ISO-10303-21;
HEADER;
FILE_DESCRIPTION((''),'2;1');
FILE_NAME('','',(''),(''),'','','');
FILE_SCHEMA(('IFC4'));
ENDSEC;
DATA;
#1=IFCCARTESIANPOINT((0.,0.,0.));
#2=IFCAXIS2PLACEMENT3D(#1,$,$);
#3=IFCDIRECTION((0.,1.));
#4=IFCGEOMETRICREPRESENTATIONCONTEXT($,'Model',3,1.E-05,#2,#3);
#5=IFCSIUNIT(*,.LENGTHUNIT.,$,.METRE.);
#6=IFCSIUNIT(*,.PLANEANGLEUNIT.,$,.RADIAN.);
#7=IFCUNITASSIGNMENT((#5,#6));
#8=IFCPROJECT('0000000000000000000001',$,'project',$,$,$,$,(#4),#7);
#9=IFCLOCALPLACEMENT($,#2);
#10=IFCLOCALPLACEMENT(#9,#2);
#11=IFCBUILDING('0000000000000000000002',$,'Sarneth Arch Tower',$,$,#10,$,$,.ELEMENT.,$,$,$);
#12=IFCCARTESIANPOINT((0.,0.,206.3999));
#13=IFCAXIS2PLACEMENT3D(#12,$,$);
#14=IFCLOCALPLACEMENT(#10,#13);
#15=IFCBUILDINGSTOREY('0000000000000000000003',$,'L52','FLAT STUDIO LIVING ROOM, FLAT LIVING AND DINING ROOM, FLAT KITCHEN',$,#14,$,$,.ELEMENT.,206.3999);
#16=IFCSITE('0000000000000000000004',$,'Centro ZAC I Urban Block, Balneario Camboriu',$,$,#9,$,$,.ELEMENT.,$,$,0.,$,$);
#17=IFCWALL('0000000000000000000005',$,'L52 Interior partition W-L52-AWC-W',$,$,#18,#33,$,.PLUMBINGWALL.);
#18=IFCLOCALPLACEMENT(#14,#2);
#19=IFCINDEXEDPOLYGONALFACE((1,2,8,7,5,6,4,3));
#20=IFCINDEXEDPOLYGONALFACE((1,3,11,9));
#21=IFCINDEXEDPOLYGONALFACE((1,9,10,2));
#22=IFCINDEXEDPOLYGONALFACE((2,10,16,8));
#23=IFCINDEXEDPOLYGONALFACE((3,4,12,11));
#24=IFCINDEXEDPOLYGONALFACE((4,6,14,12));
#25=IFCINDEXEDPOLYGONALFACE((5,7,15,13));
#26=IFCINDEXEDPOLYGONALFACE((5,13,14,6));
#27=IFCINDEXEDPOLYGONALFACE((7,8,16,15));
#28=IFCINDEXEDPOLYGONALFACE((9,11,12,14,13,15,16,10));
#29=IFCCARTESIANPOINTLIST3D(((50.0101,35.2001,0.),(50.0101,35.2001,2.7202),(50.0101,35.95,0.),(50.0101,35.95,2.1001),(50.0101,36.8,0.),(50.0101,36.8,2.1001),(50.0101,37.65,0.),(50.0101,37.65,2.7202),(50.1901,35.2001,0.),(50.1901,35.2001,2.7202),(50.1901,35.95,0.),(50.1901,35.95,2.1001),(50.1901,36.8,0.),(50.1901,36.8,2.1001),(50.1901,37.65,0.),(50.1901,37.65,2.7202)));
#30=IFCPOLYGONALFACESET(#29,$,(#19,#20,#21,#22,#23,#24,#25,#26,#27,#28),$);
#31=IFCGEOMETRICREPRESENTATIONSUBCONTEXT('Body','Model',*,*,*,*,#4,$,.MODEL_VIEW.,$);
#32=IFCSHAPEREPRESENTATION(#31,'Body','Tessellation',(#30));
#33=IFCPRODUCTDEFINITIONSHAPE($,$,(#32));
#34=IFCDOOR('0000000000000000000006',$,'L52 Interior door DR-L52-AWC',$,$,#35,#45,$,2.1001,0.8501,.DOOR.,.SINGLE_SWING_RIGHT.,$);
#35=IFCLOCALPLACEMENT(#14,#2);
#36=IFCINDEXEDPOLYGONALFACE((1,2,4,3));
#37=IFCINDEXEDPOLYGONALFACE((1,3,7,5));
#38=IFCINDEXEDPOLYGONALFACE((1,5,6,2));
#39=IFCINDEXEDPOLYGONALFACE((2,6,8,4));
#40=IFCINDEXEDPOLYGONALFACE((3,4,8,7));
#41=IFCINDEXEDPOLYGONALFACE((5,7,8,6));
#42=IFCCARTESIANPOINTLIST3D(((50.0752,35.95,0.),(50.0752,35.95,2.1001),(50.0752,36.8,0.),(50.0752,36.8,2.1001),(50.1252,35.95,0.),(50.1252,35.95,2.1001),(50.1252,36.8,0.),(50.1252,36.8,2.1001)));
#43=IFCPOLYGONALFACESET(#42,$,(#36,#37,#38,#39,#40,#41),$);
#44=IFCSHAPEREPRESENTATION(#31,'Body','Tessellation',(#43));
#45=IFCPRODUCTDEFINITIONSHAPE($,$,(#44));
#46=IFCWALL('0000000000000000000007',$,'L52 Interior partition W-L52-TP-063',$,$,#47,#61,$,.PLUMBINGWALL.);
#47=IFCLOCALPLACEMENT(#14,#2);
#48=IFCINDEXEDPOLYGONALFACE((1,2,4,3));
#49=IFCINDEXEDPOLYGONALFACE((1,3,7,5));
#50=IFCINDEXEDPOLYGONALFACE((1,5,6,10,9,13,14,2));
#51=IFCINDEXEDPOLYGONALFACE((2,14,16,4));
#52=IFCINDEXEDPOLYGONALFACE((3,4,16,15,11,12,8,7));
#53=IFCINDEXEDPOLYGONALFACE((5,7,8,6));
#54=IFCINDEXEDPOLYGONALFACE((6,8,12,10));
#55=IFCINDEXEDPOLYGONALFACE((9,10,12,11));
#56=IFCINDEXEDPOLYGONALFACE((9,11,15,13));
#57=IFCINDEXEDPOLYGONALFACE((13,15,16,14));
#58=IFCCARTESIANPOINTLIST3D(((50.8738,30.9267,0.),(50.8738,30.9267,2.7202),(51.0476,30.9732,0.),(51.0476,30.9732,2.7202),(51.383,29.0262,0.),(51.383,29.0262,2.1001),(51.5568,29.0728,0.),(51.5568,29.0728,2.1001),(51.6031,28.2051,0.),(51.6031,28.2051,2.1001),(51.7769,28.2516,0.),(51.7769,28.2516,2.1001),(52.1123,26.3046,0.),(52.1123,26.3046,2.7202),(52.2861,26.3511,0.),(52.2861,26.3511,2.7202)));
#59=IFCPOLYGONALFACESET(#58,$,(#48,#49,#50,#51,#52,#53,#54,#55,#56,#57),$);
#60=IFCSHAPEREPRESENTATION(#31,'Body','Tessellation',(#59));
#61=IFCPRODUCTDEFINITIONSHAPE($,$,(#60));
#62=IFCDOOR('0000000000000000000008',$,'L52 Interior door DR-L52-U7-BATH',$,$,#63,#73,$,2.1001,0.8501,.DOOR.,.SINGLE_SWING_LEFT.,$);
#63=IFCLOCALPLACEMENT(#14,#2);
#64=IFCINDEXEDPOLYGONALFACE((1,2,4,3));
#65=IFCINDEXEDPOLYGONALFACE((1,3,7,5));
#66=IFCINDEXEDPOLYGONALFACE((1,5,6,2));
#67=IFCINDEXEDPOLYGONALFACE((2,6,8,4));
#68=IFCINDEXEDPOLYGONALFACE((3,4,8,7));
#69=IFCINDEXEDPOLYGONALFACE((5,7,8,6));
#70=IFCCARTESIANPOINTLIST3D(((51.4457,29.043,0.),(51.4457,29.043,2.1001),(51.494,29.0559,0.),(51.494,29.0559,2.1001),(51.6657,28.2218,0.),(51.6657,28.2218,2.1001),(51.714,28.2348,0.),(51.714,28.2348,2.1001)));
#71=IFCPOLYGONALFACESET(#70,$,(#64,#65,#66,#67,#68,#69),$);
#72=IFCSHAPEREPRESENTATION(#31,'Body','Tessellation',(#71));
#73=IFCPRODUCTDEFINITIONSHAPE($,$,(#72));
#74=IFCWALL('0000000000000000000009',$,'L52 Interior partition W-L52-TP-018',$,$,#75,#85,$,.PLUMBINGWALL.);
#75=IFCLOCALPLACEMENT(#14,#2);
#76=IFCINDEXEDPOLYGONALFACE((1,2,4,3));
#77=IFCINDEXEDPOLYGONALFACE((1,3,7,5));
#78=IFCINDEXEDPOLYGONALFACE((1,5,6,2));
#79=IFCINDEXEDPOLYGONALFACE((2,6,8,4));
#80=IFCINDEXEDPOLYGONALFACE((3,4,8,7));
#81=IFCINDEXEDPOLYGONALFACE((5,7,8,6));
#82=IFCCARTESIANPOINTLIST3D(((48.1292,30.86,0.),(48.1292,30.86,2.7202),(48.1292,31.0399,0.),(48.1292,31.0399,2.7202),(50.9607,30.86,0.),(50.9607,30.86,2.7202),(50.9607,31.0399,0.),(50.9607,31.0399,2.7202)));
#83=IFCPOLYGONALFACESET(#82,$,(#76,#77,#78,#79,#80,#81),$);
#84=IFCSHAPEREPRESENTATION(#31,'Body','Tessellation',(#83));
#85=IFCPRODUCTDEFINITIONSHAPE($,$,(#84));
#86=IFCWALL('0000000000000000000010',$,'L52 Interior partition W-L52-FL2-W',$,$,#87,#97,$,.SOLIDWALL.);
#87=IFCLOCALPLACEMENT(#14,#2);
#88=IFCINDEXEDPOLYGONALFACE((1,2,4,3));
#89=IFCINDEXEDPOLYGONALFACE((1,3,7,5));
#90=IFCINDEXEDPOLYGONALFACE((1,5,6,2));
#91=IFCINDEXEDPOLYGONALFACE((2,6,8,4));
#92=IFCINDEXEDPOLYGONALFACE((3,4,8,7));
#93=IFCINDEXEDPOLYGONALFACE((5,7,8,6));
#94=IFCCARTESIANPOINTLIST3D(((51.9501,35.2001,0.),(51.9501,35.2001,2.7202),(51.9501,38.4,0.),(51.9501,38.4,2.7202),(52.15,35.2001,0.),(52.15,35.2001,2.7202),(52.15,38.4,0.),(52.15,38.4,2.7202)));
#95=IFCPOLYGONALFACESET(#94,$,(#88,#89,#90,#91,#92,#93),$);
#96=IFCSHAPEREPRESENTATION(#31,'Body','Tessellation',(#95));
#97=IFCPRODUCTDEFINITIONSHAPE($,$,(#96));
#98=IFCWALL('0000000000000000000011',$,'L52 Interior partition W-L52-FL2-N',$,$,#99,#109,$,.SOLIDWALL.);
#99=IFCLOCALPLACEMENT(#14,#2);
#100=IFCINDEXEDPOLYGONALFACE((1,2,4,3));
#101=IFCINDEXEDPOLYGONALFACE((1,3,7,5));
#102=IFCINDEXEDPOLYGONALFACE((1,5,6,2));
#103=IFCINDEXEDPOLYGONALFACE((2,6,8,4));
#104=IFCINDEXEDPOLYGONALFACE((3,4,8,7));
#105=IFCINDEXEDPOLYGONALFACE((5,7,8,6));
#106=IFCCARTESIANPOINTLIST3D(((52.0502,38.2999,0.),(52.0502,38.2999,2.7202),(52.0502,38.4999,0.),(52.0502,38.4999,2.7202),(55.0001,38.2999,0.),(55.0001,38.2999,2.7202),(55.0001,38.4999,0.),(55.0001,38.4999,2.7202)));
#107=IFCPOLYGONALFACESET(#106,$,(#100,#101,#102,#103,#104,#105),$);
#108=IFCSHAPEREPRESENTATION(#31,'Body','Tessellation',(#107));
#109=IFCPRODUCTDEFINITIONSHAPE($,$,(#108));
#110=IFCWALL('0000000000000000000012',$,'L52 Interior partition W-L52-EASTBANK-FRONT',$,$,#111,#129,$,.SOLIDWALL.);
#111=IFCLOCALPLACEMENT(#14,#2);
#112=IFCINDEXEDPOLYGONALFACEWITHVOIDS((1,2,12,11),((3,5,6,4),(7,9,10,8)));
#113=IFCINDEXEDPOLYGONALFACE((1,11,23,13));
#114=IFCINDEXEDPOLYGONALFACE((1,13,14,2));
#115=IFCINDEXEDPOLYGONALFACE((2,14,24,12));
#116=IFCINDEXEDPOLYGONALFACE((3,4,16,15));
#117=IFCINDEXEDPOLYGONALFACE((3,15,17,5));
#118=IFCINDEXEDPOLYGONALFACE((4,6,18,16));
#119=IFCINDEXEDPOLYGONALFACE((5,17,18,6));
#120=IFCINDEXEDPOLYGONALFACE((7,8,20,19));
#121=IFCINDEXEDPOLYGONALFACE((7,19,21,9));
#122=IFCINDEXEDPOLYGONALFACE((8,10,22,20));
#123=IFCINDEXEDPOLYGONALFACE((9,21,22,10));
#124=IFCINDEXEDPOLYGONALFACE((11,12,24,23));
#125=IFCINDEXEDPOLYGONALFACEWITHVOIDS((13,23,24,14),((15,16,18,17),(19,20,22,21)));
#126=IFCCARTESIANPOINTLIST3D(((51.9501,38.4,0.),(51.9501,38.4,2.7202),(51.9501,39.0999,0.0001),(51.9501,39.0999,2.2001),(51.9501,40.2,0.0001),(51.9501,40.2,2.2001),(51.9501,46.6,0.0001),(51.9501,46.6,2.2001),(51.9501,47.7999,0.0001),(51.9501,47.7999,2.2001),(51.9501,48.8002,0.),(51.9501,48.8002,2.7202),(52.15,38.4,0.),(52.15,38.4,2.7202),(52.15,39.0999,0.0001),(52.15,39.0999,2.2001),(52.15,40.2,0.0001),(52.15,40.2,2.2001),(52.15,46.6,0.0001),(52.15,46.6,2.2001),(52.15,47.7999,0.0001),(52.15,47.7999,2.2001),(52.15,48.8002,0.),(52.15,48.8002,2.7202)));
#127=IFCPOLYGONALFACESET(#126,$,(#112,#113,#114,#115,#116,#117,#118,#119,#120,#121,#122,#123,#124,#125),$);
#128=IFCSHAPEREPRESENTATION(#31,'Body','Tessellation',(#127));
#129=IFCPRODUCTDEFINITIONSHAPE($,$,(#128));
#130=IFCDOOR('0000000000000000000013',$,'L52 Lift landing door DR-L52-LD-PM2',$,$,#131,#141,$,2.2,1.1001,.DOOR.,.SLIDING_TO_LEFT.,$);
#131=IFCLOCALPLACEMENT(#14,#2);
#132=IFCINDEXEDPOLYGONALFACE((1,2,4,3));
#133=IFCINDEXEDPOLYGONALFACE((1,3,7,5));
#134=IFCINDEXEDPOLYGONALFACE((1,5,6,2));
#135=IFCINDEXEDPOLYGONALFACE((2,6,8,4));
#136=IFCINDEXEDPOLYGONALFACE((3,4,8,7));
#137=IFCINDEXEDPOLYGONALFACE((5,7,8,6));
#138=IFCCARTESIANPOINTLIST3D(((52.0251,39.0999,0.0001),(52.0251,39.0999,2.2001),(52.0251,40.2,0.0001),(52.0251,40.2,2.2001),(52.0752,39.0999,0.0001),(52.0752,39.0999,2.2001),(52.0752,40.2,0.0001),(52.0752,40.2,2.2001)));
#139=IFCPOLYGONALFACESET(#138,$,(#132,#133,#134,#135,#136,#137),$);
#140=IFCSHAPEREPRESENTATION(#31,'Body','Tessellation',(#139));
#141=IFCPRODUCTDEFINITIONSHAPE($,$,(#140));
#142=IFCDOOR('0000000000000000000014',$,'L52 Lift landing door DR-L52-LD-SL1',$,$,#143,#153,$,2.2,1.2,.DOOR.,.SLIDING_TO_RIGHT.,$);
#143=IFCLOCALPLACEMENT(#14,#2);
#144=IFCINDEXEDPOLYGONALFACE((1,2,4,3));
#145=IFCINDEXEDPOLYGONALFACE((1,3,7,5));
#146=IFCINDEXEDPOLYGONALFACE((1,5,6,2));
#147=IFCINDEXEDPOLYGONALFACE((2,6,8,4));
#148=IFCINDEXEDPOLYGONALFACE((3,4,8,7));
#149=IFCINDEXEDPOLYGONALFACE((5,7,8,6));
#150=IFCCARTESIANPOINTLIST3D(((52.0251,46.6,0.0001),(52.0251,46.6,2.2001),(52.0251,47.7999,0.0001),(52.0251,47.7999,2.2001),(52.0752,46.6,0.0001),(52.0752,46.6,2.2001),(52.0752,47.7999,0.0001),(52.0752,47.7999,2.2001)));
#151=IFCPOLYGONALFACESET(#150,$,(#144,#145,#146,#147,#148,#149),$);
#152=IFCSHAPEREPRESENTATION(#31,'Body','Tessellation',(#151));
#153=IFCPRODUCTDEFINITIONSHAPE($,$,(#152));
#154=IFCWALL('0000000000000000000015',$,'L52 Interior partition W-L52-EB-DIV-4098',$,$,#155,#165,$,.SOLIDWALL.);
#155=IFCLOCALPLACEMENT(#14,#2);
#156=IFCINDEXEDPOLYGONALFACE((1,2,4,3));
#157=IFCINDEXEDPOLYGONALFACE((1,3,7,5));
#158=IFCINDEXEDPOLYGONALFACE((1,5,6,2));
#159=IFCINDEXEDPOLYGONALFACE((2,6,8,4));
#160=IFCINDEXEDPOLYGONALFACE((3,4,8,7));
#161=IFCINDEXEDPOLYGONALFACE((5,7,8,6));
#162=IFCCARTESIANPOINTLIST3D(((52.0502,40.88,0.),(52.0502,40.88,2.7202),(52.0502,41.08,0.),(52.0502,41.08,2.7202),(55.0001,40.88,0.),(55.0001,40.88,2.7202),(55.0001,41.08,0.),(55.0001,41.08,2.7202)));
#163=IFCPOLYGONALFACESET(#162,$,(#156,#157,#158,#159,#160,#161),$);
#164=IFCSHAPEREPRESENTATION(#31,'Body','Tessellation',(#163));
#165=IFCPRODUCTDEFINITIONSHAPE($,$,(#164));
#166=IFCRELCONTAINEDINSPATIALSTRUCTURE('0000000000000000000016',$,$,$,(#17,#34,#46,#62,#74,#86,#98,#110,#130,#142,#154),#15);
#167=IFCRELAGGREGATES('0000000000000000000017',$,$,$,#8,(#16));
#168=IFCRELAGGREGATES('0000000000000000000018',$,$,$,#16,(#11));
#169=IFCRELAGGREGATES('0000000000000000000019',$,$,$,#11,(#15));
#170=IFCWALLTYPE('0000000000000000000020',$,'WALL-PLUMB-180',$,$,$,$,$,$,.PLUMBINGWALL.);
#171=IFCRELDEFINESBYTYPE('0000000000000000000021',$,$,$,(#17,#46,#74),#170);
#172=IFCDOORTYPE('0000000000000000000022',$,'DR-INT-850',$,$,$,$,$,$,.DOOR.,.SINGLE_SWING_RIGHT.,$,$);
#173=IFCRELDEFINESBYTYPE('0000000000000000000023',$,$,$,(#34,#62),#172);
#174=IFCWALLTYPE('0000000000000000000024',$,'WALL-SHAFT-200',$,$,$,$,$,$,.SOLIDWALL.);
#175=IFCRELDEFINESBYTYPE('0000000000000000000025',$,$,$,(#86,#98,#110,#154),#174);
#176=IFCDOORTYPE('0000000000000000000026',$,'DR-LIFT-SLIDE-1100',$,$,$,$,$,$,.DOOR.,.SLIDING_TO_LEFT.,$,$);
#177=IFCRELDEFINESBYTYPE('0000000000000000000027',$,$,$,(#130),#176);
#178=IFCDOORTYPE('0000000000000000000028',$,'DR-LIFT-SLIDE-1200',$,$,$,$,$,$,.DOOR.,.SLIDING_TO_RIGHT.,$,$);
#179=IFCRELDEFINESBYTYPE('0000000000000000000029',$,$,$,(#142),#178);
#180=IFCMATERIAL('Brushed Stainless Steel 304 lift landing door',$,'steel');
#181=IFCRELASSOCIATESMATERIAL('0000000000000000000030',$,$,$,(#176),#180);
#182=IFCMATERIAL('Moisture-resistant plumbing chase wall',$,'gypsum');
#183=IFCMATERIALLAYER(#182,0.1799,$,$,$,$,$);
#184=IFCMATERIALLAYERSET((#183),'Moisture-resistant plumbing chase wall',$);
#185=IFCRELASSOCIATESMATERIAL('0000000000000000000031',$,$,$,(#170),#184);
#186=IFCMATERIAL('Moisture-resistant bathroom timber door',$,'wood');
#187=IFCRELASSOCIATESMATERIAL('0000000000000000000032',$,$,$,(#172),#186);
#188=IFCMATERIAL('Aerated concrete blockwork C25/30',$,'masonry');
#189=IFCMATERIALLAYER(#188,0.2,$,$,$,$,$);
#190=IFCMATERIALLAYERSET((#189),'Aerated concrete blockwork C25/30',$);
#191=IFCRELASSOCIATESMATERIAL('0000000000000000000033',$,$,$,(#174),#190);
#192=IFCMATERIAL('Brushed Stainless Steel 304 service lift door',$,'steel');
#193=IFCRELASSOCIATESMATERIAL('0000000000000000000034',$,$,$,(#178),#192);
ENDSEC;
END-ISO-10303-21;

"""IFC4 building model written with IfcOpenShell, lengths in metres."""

from ifc_helpers import new_model, si_unit, direction, frame, frame_2d, origin, place, context, subcontext, project, spatial, rectangle, extrude, material, layer, layer_set, type_object, element, fill, save


model = new_model("IFC4")

# Units and contexts
model_context = context("Model", 3, precision=1e-05, world=origin(), true_north=direction((0.0, 1.0)))
body_context = subcontext(model_context, "Body", "Model", "MODEL_VIEW")
ifc_project = project(units=[si_unit("LENGTHUNIT", "METRE"), si_unit("PLANEANGLEUNIT", "RADIAN")], contexts=[model_context])

# Site, building, storey
site_placement = place(None, origin())
site = spatial("IfcSite", under=ifc_project, at=site_placement, Name="Centro ZAC I Urban Block, Balneario Camboriu", CompositionType="ELEMENT", RefElevation=0.0)
building_placement = place(site_placement, origin())
building = spatial("IfcBuilding", under=site, at=building_placement, Name="Sarneth Arch Tower", CompositionType="ELEMENT")
storey_placement = place(building_placement, frame((0.0, 0.0, 206.3999)))
storey = spatial("IfcBuildingStorey", under=building, at=storey_placement, Name="L52", Description="FLAT STUDIO LIVING ROOM, FLAT LIVING AND DINING ROOM, FLAT KITCHEN", CompositionType="ELEMENT", Elevation=206.3999)

# Shared definitions
ifc_material_1 = material(Name="Brushed Stainless Steel 304 lift landing door", Category="steel")
door_type_1 = type_object("IfcDoorType", Name="DR-LIFT-SLIDE-1100", OperationType="SLIDING_TO_LEFT", PredefinedType="DOOR", material=ifc_material_1)

# Shared definitions
ifc_material_2 = material(Name="Moisture-resistant plumbing chase wall", Category="gypsum")
ifc_layer_1 = layer(ifc_material_2, 0.1799)
ifc_layer_set_1 = layer_set([ifc_layer_1], Name="Moisture-resistant plumbing chase wall")
wall_type_1 = type_object("IfcWallType", Name="WALL-PLUMB-180", PredefinedType="PLUMBINGWALL", material=ifc_layer_set_1)

# Walls, openings, doors
wall_1_placement = place(storey_placement, frame((50.1001, 35.2, 0.0), z_axis=(0.0, 0.0, 1.0), x_axis=(0.0, 1.0, 0.0)))
wall_1 = element("IfcWall", 1, at=wall_1_placement, inside=storey, type_object=wall_type_1, Name="L52 Interior partition W-L52-AWC-W", PredefinedType="PLUMBINGWALL", context=body_context, shape_type="SweptSolid", body=[
    extrude(rectangle(XDim=2.45, YDim=0.1799, at=frame_2d((1.2251, 0.0))), origin(), (0.0, 0.0, 1.0), 2.7202),
])
opening_1_placement = place(wall_1_placement, frame((0.75, 0.0, 0.0)))
opening_1 = element("IfcOpeningElement", 2, at=opening_1_placement, cuts=wall_1, PredefinedType="OPENING", context=body_context, shape_type="SweptSolid", body=[
    extrude(rectangle(XDim=0.8501, YDim=2.1001, at=frame_2d((0.425, 1.05))), frame((0.0, 0.0999, 0.0), z_axis=(0.0, -1.0, 0.0), x_axis=(1.0, 0.0, 0.0)), (0.0, 0.0, 1.0), 0.2),
])
ifc_material_3 = material(Name="Moisture-resistant bathroom timber door", Category="wood")
door_type_2 = type_object("IfcDoorType", Name="DR-INT-850", OperationType="SINGLE_SWING_RIGHT", PredefinedType="DOOR", material=ifc_material_3)
door_1_placement = place(opening_1_placement, origin())
door_1 = element("IfcDoor", 3, at=door_1_placement, inside=storey, type_object=door_type_2, Name="L52 Interior door DR-L52-AWC", OperationType="SINGLE_SWING_RIGHT", OverallHeight=2.1001, OverallWidth=0.8501, PredefinedType="DOOR", context=body_context, shape_type="SweptSolid", body=[
    extrude(rectangle(XDim=0.8501, YDim=2.1001, at=frame_2d((0.425, 1.05))), frame((0.0, 0.0249, 0.0), z_axis=(0.0, -1.0, 0.0), x_axis=(1.0, 0.0, 0.0)), (0.0, 0.0, 1.0), 0.05),
])
fill(opening_1, door_1)
wall_2_placement = place(storey_placement, frame((50.9607, 30.95, 0.0), z_axis=(0.0, 0.0, 1.0), x_axis=(0.258828, -0.965923, 0.0)))
wall_2 = element("IfcWall", 4, at=wall_2_placement, inside=storey, type_object=wall_type_1, Name="L52 Interior partition W-L52-TP-063", PredefinedType="PLUMBINGWALL", context=body_context, shape_type="SweptSolid", body=[
    extrude(rectangle(XDim=4.7852, YDim=0.1799, at=frame_2d((2.3926, 0.0))), origin(), (0.0, 0.0, 1.0), 2.7202),
])
opening_2_placement = place(wall_2_placement, frame((1.9675, 0.0, 0.0)))
opening_2 = element("IfcOpeningElement", 5, at=opening_2_placement, cuts=wall_2, PredefinedType="OPENING", context=body_context, shape_type="SweptSolid", body=[
    extrude(rectangle(XDim=0.8501, YDim=2.1001, at=frame_2d((0.425, 1.05))), frame((0.0, 0.0999, 0.0), z_axis=(0.0, -1.0, 0.0), x_axis=(1.0, 0.0, 0.0)), (0.0, 0.0, 1.0), 0.2),
])
door_2_placement = place(opening_2_placement, origin())
door_2 = element("IfcDoor", 6, at=door_2_placement, inside=storey, type_object=door_type_2, Name="L52 Interior door DR-L52-U7-BATH", OperationType="SINGLE_SWING_LEFT", OverallHeight=2.1001, OverallWidth=0.8501, PredefinedType="DOOR", context=body_context, shape_type="SweptSolid", body=[
    extrude(rectangle(XDim=0.8501, YDim=2.1001, at=frame_2d((0.425, 1.05))), frame((0.0, 0.0249, 0.0), z_axis=(0.0, -1.0, 0.0), x_axis=(1.0, 0.0, 0.0)), (0.0, 0.0, 1.0), 0.05),
])
fill(opening_2, door_2)

# Wall
wall_3_placement = place(storey_placement, frame((48.1292, 30.95, 0.0), z_axis=(0.0, 0.0, 1.0), x_axis=(1.0, 0.0, 0.0)))
element("IfcWall", 7, at=wall_3_placement, inside=storey, type_object=wall_type_1, Name="L52 Interior partition W-L52-TP-018", PredefinedType="PLUMBINGWALL", context=body_context, shape_type="SweptSolid", body=[
    extrude(rectangle(XDim=2.8315, YDim=0.1799, at=frame_2d((1.4158, 0.0))), origin(), (0.0, 0.0, 1.0), 2.7202),
])

# Shared definitions
ifc_material_4 = material(Name="Aerated concrete blockwork C25/30", Category="masonry")
ifc_layer_2 = layer(ifc_material_4, 0.2)
ifc_layer_set_2 = layer_set([ifc_layer_2], Name="Aerated concrete blockwork C25/30")
wall_type_2 = type_object("IfcWallType", Name="WALL-SHAFT-200", PredefinedType="SOLIDWALL", material=ifc_layer_set_2)

# Walls
wall_4_placement = place(storey_placement, frame((52.05, 35.2, 0.0), z_axis=(0.0, 0.0, 1.0), x_axis=(0.0, 1.0, 0.0)))
element("IfcWall", 8, at=wall_4_placement, inside=storey, type_object=wall_type_2, Name="L52 Interior partition W-L52-FL2-W", PredefinedType="SOLIDWALL", context=body_context, shape_type="SweptSolid", body=[
    extrude(rectangle(XDim=3.2, YDim=0.2, at=frame_2d((1.6001, 0.0))), origin(), (0.0, 0.0, 1.0), 2.7202),
])
wall_5_placement = place(storey_placement, frame((52.05, 38.3999, 0.0), z_axis=(0.0, 0.0, 1.0), x_axis=(1.0, 0.0, 0.0)))
element("IfcWall", 9, at=wall_5_placement, inside=storey, type_object=wall_type_2, Name="L52 Interior partition W-L52-FL2-N", PredefinedType="SOLIDWALL", context=body_context, shape_type="SweptSolid", body=[
    extrude(rectangle(XDim=2.95, YDim=0.2, at=frame_2d((1.4751, 0.0))), origin(), (0.0, 0.0, 1.0), 2.7202),
])

# Wall, openings, doors
wall_6_placement = place(storey_placement, frame((52.05, 38.3999, 0.0), z_axis=(0.0, 0.0, 1.0), x_axis=(0.0, 1.0, 0.0)))
wall_6 = element("IfcWall", 10, at=wall_6_placement, inside=storey, type_object=wall_type_2, Name="L52 Interior partition W-L52-EASTBANK-FRONT", PredefinedType="SOLIDWALL", context=body_context, shape_type="SweptSolid", body=[
    extrude(rectangle(XDim=10.4001, YDim=0.2, at=frame_2d((5.2002, 0.0))), origin(), (0.0, 0.0, 1.0), 2.7202),
])
opening_3_placement = place(wall_6_placement, frame((0.7, 0.0, 0.0)))
opening_3 = element("IfcOpeningElement", 11, at=opening_3_placement, cuts=wall_6, PredefinedType="OPENING", context=body_context, shape_type="SweptSolid", body=[
    extrude(rectangle(XDim=1.1001, YDim=2.2, at=frame_2d((0.55, 1.1001))), frame((0.0, 0.1099, 0.0), z_axis=(0.0, -1.0, 0.0), x_axis=(1.0, 0.0, 0.0)), (0.0, 0.0, 1.0), 0.22),
])
opening_4_placement = place(wall_6_placement, frame((8.2, 0.0, 0.0)))
opening_4 = element("IfcOpeningElement", 12, at=opening_4_placement, cuts=wall_6, PredefinedType="OPENING", context=body_context, shape_type="SweptSolid", body=[
    extrude(rectangle(XDim=1.2, YDim=2.2, at=frame_2d((0.6001, 1.1001))), frame((0.0, 0.1099, 0.0), z_axis=(0.0, -1.0, 0.0), x_axis=(1.0, 0.0, 0.0)), (0.0, 0.0, 1.0), 0.22),
])
door_3_placement = place(opening_3_placement, origin())
door_3 = element("IfcDoor", 13, at=door_3_placement, inside=storey, type_object=door_type_1, Name="L52 Lift landing door DR-L52-LD-PM2", OperationType="SLIDING_TO_LEFT", OverallHeight=2.2, OverallWidth=1.1001, PredefinedType="DOOR", context=body_context, shape_type="SweptSolid", body=[
    extrude(rectangle(XDim=1.1001, YDim=2.2, at=frame_2d((0.55, 1.1001))), frame((0.0, 0.0249, 0.0), z_axis=(0.0, -1.0, 0.0), x_axis=(1.0, 0.0, 0.0)), (0.0, 0.0, 1.0), 0.05),
])
fill(opening_3, door_3)
ifc_material_5 = material(Name="Brushed Stainless Steel 304 service lift door", Category="steel")
door_type_3 = type_object("IfcDoorType", Name="DR-LIFT-SLIDE-1200", OperationType="SLIDING_TO_RIGHT", PredefinedType="DOOR", material=ifc_material_5)
door_4_placement = place(opening_4_placement, origin())
door_4 = element("IfcDoor", 14, at=door_4_placement, inside=storey, type_object=door_type_3, Name="L52 Lift landing door DR-L52-LD-SL1", OperationType="SLIDING_TO_RIGHT", OverallHeight=2.2, OverallWidth=1.2, PredefinedType="DOOR", context=body_context, shape_type="SweptSolid", body=[
    extrude(rectangle(XDim=1.2, YDim=2.2, at=frame_2d((0.6001, 1.1001))), frame((0.0, 0.0249, 0.0), z_axis=(0.0, -1.0, 0.0), x_axis=(1.0, 0.0, 0.0)), (0.0, 0.0, 1.0), 0.05),
])
fill(opening_4, door_4)

# Wall
wall_7_placement = place(storey_placement, frame((52.05, 40.98, 0.0), z_axis=(0.0, 0.0, 1.0), x_axis=(1.0, 0.0, 0.0)))
element("IfcWall", 15, at=wall_7_placement, inside=storey, type_object=wall_type_2, Name="L52 Interior partition W-L52-EB-DIV-4098", PredefinedType="SOLIDWALL", context=body_context, shape_type="SweptSolid", body=[
    extrude(rectangle(XDim=2.95, YDim=0.2, at=frame_2d((1.4751, 0.0))), origin(), (0.0, 0.0, 1.0), 2.7202),
])

save(model, "model.ifc")
